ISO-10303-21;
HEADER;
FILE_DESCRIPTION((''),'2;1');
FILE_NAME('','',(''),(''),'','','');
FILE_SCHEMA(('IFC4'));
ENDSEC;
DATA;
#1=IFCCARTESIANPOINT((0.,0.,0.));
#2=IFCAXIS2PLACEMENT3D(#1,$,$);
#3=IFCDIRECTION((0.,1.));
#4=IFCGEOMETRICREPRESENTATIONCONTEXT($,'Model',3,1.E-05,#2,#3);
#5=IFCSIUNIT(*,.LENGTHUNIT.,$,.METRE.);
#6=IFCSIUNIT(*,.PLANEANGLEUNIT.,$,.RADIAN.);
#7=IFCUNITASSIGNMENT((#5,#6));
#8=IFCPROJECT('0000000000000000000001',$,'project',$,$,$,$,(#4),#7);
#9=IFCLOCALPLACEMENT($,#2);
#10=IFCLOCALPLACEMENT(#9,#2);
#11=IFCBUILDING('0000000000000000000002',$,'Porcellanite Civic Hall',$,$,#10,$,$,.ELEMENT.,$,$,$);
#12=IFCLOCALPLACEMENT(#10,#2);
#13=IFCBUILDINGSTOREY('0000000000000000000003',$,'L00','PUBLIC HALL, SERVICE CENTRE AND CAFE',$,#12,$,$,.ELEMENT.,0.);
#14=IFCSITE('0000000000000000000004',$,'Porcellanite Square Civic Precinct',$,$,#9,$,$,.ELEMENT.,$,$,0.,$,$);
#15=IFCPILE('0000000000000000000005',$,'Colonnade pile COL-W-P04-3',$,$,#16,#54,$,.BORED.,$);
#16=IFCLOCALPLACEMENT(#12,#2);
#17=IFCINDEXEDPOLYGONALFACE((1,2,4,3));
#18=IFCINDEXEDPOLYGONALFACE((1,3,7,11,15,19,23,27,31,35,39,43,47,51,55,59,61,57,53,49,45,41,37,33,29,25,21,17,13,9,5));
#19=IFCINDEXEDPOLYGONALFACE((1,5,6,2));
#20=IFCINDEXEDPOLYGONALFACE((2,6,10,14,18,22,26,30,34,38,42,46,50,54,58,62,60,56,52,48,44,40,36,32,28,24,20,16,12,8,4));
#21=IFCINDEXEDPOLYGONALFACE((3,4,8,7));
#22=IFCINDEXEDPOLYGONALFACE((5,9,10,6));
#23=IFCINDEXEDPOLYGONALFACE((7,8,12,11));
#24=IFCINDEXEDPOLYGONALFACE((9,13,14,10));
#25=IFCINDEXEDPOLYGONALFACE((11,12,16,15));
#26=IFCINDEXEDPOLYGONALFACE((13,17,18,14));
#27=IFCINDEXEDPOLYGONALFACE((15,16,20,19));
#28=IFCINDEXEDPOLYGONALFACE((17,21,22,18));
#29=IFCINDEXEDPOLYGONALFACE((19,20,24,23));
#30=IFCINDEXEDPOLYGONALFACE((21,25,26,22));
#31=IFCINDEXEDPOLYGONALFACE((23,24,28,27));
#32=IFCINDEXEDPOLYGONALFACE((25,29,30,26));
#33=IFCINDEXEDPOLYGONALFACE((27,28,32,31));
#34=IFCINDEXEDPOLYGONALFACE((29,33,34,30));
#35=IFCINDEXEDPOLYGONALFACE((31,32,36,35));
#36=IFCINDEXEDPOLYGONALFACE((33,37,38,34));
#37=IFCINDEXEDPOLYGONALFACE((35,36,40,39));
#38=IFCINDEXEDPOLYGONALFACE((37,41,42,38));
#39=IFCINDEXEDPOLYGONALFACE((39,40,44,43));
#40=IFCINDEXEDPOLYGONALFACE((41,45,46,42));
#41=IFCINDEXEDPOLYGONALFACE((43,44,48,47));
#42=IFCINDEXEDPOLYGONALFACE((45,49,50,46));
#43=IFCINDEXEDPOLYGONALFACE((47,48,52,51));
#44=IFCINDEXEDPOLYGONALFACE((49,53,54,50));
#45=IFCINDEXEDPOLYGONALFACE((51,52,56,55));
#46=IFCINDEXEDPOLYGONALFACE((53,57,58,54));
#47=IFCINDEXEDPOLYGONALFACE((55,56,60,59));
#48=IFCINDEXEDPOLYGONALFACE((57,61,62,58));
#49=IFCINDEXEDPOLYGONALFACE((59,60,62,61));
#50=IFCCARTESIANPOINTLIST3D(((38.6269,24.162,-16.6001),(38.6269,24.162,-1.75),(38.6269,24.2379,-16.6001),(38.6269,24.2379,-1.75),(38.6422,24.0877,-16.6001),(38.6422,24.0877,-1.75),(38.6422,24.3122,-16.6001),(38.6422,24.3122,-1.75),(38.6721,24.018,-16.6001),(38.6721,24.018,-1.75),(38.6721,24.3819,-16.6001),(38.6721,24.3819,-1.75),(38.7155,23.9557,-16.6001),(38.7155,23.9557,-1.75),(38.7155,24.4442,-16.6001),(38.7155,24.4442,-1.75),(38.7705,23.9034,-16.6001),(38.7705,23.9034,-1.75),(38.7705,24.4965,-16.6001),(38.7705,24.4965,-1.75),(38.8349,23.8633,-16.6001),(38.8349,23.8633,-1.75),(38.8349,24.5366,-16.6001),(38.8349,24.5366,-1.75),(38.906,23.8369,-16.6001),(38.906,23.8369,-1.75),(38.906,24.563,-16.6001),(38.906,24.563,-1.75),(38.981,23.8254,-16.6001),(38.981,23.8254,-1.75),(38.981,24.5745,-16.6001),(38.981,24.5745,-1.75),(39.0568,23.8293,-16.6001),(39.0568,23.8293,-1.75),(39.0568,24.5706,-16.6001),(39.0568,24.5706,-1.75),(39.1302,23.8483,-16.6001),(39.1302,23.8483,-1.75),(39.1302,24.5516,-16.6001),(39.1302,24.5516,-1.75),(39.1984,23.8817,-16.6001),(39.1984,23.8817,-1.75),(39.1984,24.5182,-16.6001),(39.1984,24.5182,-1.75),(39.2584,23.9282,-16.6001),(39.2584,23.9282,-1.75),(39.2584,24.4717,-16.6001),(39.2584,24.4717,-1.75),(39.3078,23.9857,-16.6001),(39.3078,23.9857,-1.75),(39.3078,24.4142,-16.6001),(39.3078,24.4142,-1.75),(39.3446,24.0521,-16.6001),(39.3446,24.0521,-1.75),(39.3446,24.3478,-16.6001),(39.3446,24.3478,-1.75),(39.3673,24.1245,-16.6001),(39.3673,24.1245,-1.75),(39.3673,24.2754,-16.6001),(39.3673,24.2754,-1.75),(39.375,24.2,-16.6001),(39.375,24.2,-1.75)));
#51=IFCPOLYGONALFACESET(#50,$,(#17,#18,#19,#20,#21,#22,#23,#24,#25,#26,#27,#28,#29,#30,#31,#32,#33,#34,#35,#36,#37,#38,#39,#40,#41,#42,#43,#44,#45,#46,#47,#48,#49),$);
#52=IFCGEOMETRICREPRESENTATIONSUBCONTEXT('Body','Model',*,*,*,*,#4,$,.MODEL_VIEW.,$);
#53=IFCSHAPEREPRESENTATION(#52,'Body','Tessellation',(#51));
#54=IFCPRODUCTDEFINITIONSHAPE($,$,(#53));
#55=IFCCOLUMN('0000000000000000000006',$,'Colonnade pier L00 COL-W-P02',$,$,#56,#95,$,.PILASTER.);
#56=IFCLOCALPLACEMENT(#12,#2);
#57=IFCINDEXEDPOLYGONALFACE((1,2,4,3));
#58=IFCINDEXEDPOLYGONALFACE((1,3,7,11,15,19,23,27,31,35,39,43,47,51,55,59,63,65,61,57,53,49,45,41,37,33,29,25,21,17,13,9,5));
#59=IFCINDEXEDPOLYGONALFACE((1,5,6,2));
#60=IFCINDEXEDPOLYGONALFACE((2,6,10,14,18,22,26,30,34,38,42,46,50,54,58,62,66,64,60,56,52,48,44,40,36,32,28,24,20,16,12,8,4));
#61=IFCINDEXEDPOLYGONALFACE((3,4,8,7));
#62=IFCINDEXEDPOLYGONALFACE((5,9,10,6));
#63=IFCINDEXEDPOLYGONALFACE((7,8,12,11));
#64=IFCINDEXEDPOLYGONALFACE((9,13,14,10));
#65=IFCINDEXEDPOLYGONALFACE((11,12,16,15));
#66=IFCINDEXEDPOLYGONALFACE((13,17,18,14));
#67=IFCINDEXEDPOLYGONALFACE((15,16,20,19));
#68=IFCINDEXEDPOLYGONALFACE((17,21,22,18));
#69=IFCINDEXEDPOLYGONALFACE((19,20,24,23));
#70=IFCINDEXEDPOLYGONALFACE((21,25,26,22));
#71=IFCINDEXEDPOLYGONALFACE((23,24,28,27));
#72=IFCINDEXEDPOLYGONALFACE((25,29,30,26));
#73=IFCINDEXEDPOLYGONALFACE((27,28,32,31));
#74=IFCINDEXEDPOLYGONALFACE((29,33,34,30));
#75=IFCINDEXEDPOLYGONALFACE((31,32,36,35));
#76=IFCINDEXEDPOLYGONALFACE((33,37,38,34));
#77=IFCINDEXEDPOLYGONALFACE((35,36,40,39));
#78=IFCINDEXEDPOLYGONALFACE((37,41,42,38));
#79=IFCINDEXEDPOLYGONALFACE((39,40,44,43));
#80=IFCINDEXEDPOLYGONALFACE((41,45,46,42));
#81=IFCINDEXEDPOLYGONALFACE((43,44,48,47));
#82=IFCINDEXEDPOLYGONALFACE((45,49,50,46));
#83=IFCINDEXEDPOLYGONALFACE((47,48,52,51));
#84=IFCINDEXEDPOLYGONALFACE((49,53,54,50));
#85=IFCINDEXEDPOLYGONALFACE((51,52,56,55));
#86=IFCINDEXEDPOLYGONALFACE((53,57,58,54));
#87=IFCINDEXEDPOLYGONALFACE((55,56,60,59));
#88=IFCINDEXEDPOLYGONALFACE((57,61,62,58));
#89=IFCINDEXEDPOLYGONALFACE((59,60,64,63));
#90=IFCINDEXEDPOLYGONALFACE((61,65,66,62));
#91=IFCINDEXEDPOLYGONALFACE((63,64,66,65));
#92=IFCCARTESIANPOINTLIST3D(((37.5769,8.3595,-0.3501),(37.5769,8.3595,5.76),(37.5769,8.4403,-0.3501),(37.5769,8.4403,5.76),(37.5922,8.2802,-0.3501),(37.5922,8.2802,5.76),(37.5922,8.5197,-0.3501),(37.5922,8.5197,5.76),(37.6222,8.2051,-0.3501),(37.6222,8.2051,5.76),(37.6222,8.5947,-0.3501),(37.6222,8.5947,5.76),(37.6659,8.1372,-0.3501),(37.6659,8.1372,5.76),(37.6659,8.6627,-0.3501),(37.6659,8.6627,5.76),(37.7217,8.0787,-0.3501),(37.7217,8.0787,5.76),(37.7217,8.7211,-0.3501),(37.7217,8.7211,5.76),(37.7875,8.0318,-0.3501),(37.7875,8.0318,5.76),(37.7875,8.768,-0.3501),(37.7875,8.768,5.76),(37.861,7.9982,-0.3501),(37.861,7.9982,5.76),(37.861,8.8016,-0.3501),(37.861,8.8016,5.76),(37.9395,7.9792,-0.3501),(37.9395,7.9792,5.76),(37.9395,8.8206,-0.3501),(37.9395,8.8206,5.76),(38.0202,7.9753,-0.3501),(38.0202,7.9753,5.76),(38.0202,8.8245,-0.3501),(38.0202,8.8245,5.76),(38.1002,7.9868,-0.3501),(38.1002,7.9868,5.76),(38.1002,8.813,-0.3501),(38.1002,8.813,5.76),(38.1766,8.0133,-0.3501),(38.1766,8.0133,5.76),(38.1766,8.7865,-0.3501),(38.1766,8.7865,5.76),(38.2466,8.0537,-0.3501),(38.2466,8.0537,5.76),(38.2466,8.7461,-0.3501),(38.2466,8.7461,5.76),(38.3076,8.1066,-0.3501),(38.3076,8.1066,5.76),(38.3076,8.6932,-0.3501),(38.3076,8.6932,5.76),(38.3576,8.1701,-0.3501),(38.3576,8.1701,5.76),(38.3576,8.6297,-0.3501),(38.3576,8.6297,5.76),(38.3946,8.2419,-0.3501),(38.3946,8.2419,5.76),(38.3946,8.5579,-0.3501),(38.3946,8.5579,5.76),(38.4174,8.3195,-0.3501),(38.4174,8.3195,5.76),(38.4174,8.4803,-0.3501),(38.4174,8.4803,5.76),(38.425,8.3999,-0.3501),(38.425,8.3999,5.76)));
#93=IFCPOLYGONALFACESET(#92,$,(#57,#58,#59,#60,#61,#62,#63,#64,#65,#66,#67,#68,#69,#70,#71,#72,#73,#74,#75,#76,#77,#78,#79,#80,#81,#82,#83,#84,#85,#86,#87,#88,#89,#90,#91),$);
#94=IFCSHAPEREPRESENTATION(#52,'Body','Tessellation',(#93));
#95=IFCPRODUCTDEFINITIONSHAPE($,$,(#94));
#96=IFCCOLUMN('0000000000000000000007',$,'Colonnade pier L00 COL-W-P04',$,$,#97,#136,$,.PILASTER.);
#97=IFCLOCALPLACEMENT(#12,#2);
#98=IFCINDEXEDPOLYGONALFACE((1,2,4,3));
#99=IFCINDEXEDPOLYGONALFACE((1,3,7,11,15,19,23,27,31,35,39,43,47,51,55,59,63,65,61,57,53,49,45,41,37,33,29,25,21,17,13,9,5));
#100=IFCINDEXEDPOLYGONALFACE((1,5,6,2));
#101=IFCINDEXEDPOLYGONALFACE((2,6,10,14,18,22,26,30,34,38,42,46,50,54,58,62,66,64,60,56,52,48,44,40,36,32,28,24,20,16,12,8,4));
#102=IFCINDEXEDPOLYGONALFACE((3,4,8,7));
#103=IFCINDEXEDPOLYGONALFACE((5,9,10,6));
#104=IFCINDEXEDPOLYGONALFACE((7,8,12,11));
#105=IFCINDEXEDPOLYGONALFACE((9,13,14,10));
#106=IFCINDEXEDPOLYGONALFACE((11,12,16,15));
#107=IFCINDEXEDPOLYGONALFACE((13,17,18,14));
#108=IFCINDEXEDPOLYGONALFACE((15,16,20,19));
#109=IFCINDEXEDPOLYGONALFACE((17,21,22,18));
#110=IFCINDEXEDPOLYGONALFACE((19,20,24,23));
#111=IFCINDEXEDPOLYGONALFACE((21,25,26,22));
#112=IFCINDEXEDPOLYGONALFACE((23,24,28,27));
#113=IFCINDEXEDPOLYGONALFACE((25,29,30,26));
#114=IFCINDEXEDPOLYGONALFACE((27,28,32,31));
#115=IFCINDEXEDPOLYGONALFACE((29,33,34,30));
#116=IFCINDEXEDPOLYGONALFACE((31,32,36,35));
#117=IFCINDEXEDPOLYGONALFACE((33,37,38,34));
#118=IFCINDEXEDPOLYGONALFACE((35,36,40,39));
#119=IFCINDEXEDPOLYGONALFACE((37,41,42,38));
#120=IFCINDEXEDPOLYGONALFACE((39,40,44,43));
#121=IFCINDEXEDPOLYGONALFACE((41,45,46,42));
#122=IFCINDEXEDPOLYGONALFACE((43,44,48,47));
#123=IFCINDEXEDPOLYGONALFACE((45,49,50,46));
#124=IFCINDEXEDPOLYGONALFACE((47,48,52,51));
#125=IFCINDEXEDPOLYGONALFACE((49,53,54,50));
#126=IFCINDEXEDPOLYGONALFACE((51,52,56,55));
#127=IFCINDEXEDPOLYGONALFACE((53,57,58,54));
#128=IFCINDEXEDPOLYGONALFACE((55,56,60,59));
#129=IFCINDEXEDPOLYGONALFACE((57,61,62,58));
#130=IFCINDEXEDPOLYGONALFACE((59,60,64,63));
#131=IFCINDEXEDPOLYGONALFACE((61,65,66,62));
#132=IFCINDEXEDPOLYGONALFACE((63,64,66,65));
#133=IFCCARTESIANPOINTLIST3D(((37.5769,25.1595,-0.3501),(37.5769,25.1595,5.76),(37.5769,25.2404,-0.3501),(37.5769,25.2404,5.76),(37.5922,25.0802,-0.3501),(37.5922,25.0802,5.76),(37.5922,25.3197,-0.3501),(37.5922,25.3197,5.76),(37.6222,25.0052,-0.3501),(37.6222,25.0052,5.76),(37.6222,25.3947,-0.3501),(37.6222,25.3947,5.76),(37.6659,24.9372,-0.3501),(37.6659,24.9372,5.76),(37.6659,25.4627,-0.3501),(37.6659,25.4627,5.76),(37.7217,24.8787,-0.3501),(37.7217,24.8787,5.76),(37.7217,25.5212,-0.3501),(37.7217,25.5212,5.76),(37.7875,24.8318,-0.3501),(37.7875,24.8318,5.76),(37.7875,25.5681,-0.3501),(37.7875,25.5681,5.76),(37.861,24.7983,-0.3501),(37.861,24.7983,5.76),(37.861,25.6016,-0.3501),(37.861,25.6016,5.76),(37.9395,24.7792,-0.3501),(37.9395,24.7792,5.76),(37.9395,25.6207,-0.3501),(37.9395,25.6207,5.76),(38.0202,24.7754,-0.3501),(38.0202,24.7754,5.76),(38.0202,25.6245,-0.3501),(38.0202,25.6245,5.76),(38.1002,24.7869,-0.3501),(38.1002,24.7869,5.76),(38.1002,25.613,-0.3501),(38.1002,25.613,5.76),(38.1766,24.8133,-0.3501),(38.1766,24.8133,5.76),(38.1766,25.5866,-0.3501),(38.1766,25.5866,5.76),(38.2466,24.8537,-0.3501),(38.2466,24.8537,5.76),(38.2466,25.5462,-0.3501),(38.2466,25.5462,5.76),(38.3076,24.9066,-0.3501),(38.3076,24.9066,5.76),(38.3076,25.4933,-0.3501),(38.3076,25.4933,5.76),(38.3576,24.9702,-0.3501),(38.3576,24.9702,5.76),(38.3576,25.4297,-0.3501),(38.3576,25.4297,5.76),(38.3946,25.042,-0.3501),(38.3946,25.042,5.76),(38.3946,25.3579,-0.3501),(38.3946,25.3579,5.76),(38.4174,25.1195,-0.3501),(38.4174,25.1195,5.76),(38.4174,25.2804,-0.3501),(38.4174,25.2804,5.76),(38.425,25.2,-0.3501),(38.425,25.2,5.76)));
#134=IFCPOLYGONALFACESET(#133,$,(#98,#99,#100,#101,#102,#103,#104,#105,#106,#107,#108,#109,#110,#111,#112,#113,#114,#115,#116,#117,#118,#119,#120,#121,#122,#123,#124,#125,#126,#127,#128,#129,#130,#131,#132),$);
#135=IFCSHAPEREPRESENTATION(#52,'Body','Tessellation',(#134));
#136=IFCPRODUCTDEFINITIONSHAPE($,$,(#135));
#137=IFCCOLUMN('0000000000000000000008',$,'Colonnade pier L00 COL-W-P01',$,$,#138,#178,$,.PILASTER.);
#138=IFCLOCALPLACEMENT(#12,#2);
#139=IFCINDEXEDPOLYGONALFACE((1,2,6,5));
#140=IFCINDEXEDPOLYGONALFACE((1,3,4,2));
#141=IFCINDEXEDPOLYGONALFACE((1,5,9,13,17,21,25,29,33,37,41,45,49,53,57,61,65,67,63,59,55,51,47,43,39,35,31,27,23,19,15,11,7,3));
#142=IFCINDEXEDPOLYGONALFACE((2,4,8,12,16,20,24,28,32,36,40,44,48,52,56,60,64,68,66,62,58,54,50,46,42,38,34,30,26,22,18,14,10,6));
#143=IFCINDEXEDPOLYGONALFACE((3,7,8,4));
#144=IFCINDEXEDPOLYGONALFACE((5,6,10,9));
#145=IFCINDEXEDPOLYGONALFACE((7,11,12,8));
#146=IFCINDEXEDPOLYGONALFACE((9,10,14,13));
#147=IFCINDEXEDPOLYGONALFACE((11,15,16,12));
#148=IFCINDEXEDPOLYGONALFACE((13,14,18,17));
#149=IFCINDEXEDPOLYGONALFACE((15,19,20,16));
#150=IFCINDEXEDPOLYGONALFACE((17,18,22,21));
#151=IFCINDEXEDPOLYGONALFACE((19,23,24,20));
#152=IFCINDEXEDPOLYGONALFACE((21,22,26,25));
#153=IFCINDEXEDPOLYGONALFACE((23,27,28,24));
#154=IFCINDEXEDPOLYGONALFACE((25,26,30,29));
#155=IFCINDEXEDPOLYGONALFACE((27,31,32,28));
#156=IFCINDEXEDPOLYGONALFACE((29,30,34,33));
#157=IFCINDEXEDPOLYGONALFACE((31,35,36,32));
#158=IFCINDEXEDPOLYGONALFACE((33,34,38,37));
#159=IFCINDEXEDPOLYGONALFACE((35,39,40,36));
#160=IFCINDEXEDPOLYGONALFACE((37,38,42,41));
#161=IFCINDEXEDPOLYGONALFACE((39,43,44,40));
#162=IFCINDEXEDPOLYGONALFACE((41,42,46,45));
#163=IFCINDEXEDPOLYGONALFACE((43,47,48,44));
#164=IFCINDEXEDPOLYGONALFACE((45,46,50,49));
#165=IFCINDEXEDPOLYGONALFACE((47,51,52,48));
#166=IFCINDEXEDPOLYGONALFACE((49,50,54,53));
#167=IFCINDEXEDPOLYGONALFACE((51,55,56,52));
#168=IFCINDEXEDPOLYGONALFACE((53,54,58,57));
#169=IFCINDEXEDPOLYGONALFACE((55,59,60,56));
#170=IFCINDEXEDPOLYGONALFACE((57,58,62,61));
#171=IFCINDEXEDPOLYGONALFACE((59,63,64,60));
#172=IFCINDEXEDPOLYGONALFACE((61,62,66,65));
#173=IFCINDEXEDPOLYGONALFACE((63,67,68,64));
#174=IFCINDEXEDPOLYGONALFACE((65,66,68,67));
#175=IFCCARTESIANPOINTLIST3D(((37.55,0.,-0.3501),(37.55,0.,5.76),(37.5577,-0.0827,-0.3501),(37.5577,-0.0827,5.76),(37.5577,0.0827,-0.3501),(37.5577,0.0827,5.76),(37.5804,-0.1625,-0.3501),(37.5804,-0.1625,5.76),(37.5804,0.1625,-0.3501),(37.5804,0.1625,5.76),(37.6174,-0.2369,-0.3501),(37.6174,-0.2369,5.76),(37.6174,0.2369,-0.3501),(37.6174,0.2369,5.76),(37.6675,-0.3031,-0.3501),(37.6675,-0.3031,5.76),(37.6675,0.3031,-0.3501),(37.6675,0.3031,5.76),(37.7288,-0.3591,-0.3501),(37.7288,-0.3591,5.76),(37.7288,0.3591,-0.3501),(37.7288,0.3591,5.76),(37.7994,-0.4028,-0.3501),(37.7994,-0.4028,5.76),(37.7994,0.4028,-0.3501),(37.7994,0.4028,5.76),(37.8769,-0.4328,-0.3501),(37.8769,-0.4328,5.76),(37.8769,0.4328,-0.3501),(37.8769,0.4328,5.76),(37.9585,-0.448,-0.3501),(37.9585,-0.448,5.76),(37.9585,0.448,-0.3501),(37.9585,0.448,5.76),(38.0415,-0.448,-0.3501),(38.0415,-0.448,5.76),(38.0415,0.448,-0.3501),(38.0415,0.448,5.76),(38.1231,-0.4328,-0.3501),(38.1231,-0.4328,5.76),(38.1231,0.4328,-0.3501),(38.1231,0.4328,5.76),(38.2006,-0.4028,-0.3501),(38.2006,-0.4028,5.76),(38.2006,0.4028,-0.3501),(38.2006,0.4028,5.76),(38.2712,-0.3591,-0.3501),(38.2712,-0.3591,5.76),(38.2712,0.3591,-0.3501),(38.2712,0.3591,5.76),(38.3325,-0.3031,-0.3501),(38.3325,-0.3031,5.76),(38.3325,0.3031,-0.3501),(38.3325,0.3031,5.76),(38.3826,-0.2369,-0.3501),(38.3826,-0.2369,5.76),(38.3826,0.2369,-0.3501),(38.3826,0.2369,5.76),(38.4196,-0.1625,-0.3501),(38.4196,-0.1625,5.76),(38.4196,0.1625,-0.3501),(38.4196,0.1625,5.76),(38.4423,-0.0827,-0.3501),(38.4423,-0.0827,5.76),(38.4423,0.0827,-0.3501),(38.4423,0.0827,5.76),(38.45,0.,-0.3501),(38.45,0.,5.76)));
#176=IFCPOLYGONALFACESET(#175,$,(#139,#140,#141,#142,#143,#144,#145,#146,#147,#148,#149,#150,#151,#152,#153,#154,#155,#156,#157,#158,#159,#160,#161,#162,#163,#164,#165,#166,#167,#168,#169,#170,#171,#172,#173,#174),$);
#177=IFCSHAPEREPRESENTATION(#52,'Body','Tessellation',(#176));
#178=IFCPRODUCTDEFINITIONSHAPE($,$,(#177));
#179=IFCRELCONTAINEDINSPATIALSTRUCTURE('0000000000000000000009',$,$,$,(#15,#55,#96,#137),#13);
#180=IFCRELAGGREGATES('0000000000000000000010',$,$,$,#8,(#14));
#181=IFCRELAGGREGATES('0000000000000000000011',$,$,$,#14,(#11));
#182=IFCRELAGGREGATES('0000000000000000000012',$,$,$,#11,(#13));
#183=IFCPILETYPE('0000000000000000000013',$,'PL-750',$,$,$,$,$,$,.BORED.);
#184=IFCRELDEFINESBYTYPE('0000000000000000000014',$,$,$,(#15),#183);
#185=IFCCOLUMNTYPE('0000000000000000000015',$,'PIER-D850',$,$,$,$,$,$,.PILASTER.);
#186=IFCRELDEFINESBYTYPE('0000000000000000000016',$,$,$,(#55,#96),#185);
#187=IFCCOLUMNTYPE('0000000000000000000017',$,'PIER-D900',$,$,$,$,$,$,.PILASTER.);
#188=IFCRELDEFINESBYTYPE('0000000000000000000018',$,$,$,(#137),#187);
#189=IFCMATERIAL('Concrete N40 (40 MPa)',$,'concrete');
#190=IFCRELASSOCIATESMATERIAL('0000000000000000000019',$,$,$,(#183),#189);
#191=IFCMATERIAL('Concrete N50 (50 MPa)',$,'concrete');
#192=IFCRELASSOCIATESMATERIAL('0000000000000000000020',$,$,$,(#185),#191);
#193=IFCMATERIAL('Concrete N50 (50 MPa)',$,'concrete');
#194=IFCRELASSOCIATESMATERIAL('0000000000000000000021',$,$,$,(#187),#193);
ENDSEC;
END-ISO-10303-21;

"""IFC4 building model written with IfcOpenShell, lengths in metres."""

from ifc_helpers import new_model, si_unit, direction, frame, origin, origin_2d, place, context, subcontext, project, spatial, circle, extrude, material, material_profile, profile_set, type_object, element, save


model = new_model("IFC4")

# Units and contexts
model_context = context("Model", 3, precision=1e-05, world=origin(), true_north=direction((0.0, 1.0)))
body_context = subcontext(model_context, "Body", "Model", "MODEL_VIEW")
ifc_project = project(units=[si_unit("LENGTHUNIT", "METRE"), si_unit("PLANEANGLEUNIT", "RADIAN")], contexts=[model_context])

# Site, building, storey
site_placement = place(None, origin())
site = spatial("IfcSite", under=ifc_project, at=site_placement, Name="Porcellanite Square Civic Precinct", CompositionType="ELEMENT", RefElevation=0.0)
building_placement = place(site_placement, origin())
building = spatial("IfcBuilding", under=site, at=building_placement, Name="Porcellanite Civic Hall", CompositionType="ELEMENT")
storey_placement = place(building_placement, origin())
storey = spatial("IfcBuildingStorey", under=building, at=storey_placement, Name="L00", Description="PUBLIC HALL, SERVICE CENTRE AND CAFE", CompositionType="ELEMENT", Elevation=0.0)

# Pile
ifc_material_1 = material(Name="Concrete N40 (40 MPa)", Category="concrete")
ifc_material_profile_1 = material_profile(ifc_material_1, circle(Radius=0.375, at=origin_2d()), Name="PILE-D750")
ifc_profile_set_1 = profile_set([ifc_material_profile_1], Name="Concrete N40 (40 MPa)")
pile_type = type_object("IfcPileType", Name="PL-750", PredefinedType="BORED", material=ifc_profile_set_1)
for number, where, z_axis, x_axis, name in (
    (1, (39.0, 24.2, -1.75), (0.0, 0.0, -1.0), (1.0, 0.0, 0.0), "Colonnade pile COL-W-P04-3"),
):
    element("IfcPile", number, at=place(storey_placement, frame(where, z_axis=z_axis, x_axis=x_axis)), inside=storey, type_object=pile_type, Name=name, PredefinedType="BORED", context=body_context, shape_type="SweptSolid", body=[
        extrude(circle(Radius=0.375, at=origin_2d()), origin(), (0.0, 0.0, 1.0), 14.8501),
    ])

# Columns
ifc_material_2 = material(Name="Concrete N50 (50 MPa)", Category="concrete")
ifc_material_profile_2 = material_profile(ifc_material_2, circle(Radius=0.425, at=origin_2d()), Name="RC-D850")
ifc_profile_set_2 = profile_set([ifc_material_profile_2], Name="Concrete N50 (50 MPa)")
column_type_1 = type_object("IfcColumnType", Name="PIER-D850", PredefinedType="PILASTER", material=ifc_profile_set_2)
for number, where, z_axis, x_axis, name in (
    (2, (38.0, 8.3999, -0.3501), (0.0, 0.0, 1.0), (1.0, 0.0, 0.0), "Colonnade pier L00 COL-W-P02"),
    (3, (38.0, 25.2, -0.3501), (0.0, 0.0, 1.0), (1.0, 0.0, 0.0), "Colonnade pier L00 COL-W-P04"),
):
    element("IfcColumn", number, at=place(storey_placement, frame(where, z_axis=z_axis, x_axis=x_axis)), inside=storey, type_object=column_type_1, Name=name, PredefinedType="PILASTER", context=body_context, shape_type="SweptSolid", body=[
        extrude(circle(Radius=0.425, at=origin_2d()), origin(), (0.0, 0.0, 1.0), 6.1101),
    ])
ifc_material_3 = material(Name="Concrete N50 (50 MPa)", Category="concrete")
ifc_material_profile_3 = material_profile(ifc_material_3, circle(Radius=0.45, at=origin_2d()), Name="RC-D900")
ifc_profile_set_3 = profile_set([ifc_material_profile_3], Name="Concrete N50 (50 MPa)")
column_type_2 = type_object("IfcColumnType", Name="PIER-D900", PredefinedType="PILASTER", material=ifc_profile_set_3)
for number, where, z_axis, x_axis, name in (
    (4, (38.0, 0.0, -0.3501), (0.0, 0.0, 1.0), (1.0, 0.0, 0.0), "Colonnade pier L00 COL-W-P01"),
):
    element("IfcColumn", number, at=place(storey_placement, frame(where, z_axis=z_axis, x_axis=x_axis)), inside=storey, type_object=column_type_2, Name=name, PredefinedType="PILASTER", context=body_context, shape_type="SweptSolid", body=[
        extrude(circle(Radius=0.45, at=origin_2d()), origin(), (0.0, 0.0, 1.0), 6.1101),
    ])

save(model, "model.ifc")
